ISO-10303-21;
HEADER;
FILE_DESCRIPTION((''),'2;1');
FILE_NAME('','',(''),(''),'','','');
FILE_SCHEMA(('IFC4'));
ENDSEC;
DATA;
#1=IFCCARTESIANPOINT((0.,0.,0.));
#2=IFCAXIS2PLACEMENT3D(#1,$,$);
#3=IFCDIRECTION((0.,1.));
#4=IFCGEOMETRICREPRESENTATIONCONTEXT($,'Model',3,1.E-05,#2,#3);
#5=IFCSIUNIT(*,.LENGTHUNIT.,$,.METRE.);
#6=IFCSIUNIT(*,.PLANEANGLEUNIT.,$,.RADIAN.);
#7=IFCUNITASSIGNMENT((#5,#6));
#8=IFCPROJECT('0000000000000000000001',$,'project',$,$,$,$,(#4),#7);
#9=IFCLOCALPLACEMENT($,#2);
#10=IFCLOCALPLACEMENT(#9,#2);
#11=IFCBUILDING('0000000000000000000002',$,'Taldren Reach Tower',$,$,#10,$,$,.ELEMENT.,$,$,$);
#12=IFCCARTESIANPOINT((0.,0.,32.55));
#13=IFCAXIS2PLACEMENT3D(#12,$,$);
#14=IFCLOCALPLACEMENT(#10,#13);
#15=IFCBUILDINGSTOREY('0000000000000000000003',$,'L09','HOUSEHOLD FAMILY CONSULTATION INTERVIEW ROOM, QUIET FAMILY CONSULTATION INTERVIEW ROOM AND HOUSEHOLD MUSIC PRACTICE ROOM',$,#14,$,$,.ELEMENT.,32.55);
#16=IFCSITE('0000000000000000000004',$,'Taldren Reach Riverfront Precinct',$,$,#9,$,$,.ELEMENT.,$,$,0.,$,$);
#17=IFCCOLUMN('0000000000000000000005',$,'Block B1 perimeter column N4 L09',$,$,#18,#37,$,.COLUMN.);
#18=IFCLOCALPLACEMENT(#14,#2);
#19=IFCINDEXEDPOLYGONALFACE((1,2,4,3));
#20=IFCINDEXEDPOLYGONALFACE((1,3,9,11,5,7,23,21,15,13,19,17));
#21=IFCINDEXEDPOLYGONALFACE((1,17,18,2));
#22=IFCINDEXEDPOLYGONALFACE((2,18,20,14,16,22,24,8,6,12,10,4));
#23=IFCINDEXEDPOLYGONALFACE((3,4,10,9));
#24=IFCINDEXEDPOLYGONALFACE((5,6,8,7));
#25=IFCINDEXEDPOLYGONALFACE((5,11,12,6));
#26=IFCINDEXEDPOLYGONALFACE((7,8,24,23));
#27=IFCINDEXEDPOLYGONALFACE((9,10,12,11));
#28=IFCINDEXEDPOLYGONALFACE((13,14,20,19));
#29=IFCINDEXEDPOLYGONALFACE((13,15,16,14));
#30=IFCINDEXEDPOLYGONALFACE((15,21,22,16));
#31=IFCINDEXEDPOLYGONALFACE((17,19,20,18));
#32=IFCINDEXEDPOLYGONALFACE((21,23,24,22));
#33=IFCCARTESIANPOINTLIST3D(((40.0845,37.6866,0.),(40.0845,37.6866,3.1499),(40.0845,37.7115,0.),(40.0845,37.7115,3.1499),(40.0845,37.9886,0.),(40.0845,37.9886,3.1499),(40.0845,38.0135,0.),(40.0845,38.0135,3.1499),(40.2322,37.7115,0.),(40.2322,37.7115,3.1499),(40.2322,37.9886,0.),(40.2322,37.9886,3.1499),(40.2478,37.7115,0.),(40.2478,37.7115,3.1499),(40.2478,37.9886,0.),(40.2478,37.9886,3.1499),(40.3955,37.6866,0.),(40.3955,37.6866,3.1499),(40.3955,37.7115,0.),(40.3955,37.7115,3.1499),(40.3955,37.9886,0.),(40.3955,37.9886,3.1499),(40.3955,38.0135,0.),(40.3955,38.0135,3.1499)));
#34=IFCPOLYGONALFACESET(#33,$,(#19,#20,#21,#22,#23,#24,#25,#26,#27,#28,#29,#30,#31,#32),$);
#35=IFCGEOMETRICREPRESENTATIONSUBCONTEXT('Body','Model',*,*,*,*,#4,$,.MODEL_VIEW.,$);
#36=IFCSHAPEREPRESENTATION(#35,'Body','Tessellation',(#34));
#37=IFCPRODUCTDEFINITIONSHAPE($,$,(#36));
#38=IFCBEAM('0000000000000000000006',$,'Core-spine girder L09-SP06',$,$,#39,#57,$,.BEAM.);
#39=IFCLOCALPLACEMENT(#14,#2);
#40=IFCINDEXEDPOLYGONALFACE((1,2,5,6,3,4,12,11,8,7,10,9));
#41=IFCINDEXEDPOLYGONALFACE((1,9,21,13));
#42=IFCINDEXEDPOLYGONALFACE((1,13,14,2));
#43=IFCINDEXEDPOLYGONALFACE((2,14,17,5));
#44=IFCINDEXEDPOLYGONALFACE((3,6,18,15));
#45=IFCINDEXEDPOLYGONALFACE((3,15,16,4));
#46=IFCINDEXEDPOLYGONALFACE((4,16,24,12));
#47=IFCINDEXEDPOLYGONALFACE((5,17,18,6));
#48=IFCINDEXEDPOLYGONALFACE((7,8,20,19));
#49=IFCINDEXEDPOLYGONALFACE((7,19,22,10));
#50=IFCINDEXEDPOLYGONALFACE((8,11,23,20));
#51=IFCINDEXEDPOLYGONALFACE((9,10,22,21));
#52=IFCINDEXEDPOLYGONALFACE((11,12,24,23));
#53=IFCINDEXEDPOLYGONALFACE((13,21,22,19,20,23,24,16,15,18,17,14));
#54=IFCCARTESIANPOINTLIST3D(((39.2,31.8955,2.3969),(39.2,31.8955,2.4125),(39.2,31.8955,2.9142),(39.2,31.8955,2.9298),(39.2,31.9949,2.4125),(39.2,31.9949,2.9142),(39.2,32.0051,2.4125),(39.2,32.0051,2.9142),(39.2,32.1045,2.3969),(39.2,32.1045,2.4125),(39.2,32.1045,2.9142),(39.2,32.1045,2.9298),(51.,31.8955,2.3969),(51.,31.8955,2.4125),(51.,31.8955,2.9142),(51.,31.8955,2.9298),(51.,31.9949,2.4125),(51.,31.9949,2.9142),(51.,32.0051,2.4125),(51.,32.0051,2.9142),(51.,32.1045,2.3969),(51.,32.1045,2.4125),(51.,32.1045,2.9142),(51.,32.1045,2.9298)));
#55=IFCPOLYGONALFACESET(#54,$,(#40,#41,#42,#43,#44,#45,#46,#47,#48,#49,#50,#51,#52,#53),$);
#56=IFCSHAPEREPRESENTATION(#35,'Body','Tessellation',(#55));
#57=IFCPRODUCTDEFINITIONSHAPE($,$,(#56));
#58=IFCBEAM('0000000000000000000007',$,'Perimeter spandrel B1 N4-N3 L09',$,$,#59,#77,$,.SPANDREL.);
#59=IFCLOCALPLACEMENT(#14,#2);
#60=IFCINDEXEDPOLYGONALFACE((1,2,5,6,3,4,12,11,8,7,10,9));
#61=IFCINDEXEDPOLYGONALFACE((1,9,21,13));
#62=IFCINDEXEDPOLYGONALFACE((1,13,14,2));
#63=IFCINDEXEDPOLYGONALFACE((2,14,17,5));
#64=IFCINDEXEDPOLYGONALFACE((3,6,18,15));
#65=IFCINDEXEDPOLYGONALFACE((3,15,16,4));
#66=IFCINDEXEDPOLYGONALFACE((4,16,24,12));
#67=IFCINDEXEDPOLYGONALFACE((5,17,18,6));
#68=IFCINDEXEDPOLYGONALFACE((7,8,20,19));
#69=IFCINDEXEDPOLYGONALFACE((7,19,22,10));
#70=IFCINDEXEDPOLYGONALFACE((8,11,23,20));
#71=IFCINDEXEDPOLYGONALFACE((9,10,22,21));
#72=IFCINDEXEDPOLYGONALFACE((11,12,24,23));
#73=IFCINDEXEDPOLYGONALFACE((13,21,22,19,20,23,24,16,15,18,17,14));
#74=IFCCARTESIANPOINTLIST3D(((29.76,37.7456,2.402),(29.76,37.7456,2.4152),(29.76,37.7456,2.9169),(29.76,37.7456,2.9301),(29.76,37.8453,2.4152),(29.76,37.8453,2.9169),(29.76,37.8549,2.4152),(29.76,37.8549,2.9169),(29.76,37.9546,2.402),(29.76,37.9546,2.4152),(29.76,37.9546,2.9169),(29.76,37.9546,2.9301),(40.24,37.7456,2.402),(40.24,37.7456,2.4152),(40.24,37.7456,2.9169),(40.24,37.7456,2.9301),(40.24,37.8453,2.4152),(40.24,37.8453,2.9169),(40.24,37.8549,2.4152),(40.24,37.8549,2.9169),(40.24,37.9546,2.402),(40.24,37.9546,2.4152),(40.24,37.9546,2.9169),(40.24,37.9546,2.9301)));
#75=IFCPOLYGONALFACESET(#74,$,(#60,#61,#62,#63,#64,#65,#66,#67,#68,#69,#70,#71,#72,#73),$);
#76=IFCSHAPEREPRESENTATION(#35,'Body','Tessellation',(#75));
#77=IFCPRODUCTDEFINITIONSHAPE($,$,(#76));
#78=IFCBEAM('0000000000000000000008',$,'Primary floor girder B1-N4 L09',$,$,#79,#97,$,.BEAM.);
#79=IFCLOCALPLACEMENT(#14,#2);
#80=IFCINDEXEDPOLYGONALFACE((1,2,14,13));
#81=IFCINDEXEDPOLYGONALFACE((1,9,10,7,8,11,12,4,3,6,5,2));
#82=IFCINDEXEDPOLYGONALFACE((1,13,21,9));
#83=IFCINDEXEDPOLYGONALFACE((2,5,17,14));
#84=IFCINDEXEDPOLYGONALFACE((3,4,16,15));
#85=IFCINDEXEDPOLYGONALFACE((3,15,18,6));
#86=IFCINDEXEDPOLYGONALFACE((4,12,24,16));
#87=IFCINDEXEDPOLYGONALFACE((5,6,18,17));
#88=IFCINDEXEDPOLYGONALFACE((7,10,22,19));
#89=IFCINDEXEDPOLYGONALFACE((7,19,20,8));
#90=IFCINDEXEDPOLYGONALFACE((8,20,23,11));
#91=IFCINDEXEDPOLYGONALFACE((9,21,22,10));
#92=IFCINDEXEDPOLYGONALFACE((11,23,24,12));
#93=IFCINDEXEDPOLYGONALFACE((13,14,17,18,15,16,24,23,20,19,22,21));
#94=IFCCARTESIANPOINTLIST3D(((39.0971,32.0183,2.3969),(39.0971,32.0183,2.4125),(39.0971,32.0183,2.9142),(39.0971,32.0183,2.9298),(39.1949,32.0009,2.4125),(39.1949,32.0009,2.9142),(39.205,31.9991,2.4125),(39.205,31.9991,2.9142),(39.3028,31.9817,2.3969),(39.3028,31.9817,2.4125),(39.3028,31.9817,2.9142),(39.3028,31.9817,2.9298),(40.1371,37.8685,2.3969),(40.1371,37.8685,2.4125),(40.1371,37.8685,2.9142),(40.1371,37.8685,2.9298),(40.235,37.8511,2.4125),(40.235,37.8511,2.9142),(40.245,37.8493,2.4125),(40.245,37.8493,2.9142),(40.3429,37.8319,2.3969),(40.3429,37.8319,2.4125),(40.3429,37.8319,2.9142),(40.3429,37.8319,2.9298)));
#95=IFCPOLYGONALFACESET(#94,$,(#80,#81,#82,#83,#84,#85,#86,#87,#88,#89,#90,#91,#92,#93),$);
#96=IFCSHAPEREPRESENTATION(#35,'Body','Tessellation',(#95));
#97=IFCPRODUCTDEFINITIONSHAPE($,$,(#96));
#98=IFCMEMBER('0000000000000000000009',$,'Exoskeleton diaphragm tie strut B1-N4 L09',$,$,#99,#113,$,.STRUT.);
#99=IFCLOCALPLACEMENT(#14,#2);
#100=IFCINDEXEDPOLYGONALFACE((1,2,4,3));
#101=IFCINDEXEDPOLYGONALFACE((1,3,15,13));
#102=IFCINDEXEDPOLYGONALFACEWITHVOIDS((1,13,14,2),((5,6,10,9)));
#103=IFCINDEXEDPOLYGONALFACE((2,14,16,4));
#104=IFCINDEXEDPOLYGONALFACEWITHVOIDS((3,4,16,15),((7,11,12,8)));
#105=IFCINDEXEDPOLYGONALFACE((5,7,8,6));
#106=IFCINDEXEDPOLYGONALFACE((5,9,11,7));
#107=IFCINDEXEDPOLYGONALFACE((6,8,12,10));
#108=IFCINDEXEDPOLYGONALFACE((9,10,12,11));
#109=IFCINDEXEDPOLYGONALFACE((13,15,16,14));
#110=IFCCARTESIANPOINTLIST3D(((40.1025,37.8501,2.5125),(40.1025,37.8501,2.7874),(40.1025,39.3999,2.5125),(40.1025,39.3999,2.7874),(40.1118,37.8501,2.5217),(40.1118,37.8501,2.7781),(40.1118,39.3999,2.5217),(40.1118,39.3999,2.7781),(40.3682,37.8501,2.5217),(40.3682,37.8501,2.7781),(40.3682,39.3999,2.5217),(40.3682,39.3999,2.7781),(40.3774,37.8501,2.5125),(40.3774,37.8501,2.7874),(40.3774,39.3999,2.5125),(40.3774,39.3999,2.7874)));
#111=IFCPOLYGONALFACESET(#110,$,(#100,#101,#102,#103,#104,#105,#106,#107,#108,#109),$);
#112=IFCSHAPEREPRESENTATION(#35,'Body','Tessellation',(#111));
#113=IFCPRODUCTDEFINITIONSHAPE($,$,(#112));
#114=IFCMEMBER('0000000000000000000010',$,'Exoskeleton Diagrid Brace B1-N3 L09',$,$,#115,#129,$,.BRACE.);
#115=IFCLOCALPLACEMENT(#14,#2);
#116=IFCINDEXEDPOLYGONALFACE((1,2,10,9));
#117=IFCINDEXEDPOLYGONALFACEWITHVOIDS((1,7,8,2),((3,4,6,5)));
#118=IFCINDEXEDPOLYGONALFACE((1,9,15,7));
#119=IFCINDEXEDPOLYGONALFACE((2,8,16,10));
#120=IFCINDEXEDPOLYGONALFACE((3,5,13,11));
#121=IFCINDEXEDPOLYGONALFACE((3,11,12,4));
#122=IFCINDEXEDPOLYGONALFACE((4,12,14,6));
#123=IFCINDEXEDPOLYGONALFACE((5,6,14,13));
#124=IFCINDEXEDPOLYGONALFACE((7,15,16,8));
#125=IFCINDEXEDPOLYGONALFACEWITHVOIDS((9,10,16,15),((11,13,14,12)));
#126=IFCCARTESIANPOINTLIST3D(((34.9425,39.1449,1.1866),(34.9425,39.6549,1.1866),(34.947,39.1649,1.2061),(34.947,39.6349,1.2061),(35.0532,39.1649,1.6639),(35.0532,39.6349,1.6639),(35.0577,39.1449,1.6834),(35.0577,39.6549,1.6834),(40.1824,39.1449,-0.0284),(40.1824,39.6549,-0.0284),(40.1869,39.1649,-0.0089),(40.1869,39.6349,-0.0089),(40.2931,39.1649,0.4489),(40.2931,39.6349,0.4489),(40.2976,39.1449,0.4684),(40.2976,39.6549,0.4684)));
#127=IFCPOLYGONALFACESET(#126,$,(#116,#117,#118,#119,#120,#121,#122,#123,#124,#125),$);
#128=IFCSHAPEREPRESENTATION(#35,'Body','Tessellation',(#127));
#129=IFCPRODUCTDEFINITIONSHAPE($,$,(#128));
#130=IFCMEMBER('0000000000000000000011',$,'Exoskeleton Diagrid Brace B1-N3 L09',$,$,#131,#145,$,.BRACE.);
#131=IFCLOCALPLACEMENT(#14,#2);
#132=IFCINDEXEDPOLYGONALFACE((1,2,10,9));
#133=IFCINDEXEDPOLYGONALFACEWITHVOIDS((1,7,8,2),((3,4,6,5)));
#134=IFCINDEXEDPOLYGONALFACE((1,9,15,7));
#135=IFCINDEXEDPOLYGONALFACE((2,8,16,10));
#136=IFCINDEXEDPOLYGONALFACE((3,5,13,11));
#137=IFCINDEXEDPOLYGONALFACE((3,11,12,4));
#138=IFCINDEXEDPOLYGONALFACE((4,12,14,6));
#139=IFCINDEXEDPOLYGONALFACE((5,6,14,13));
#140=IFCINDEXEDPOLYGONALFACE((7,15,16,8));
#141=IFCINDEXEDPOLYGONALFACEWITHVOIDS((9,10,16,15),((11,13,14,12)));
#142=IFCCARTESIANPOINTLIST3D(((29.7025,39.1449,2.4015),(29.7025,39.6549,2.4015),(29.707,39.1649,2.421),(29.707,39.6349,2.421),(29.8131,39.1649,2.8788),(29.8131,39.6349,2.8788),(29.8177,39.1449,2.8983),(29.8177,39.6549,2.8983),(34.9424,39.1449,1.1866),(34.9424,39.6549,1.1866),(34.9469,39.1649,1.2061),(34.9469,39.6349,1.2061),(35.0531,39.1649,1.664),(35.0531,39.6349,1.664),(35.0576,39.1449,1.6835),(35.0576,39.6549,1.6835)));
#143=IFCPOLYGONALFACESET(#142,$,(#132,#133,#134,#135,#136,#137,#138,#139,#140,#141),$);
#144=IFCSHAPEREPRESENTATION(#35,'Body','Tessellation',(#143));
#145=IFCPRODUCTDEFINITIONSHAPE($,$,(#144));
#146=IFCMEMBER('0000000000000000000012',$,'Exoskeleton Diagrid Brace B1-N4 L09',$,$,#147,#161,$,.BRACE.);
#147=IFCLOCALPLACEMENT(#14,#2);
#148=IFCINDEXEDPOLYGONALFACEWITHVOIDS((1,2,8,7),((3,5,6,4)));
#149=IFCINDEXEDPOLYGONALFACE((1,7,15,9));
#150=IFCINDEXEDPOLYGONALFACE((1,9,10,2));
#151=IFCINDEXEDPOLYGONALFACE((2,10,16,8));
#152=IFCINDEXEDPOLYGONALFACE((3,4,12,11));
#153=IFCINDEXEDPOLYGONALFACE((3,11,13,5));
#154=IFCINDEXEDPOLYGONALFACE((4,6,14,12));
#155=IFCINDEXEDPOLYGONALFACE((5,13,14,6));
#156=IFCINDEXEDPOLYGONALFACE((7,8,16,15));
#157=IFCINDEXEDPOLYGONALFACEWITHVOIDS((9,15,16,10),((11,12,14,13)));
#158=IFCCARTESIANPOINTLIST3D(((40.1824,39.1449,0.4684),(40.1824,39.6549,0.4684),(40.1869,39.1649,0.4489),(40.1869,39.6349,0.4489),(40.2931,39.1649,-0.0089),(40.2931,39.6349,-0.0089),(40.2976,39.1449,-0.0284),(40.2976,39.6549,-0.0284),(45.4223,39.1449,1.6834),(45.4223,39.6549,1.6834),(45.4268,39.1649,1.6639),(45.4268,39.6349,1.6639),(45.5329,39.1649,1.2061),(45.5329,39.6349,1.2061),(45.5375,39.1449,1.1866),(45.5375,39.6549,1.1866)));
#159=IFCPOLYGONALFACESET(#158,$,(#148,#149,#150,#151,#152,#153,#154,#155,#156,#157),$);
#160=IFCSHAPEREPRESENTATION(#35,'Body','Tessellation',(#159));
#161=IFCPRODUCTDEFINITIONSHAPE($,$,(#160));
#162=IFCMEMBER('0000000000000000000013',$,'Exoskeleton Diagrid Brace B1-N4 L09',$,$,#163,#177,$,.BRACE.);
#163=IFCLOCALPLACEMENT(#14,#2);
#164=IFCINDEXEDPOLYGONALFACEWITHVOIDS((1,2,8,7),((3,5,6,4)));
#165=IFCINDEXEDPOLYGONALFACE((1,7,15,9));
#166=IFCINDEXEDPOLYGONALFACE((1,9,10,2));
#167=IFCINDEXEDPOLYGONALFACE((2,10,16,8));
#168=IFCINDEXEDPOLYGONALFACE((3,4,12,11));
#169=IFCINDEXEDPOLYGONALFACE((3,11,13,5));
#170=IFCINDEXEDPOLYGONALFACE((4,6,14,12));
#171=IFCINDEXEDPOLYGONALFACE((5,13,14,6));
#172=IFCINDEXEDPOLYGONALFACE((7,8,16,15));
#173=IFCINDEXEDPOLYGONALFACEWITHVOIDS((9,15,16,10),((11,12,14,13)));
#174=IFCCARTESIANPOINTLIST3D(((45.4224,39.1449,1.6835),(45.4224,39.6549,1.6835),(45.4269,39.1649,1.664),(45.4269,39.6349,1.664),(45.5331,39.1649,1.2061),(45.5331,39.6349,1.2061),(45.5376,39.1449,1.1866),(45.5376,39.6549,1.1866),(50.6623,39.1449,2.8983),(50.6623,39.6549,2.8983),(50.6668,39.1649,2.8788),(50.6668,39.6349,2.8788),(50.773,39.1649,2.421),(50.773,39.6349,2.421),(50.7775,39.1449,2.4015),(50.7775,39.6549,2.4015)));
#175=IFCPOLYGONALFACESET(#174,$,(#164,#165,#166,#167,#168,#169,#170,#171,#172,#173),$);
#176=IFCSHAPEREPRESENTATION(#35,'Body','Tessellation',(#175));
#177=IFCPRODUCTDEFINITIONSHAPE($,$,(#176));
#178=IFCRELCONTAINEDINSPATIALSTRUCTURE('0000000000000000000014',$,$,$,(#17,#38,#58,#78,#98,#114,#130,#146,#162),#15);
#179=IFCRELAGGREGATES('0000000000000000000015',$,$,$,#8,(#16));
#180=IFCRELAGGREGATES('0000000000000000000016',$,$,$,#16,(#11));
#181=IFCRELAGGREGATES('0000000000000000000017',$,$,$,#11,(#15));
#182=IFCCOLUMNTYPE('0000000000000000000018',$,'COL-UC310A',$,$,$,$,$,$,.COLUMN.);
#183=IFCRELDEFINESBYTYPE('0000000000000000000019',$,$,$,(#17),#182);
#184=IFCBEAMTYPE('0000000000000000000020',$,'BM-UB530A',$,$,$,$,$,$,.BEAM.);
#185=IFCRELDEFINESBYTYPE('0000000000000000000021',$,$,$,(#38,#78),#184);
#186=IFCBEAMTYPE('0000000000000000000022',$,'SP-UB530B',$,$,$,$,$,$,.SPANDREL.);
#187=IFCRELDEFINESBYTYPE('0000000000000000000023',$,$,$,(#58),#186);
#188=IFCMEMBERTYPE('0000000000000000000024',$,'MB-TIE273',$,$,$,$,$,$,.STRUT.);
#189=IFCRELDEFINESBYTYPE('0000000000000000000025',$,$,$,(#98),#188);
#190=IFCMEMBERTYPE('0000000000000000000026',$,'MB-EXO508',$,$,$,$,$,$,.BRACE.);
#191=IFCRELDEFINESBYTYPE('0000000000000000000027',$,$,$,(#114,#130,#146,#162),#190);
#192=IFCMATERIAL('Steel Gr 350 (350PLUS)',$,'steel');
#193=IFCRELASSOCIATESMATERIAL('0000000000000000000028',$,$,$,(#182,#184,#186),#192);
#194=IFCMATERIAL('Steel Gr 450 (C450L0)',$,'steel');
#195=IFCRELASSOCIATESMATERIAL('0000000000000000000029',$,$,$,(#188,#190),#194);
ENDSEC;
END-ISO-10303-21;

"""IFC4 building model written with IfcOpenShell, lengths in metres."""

from ifc_helpers import new_model, si_unit, direction, frame, origin, origin_2d, place, context, subcontext, project, spatial, hollow_rectangle, i_section, extrude, source, transform, mapped, material, material_profile, profile_set, type_object, element, save


model = new_model("IFC4")

# Units and contexts
model_context = context("Model", 3, precision=1e-05, world=origin(), true_north=direction((0.0, 1.0)))
body_context = subcontext(model_context, "Body", "Model", "MODEL_VIEW")
ifc_project = project(units=[si_unit("LENGTHUNIT", "METRE"), si_unit("PLANEANGLEUNIT", "RADIAN")], contexts=[model_context])

# Site, building, storey
site_placement = place(None, origin())
site = spatial("IfcSite", under=ifc_project, at=site_placement, Name="Taldren Reach Riverfront Precinct", CompositionType="ELEMENT", RefElevation=0.0)
building_placement = place(site_placement, origin())
building = spatial("IfcBuilding", under=site, at=building_placement, Name="Taldren Reach Tower", CompositionType="ELEMENT")
storey_placement = place(building_placement, frame((0.0, 0.0, 32.55)))
storey = spatial("IfcBuildingStorey", under=building, at=storey_placement, Name="L09", Description="HOUSEHOLD FAMILY CONSULTATION INTERVIEW ROOM, QUIET FAMILY CONSULTATION INTERVIEW ROOM AND HOUSEHOLD MUSIC PRACTICE ROOM", CompositionType="ELEMENT", Elevation=32.55)

# Column
ifc_material_1 = material(Name="Steel Gr 350 (350PLUS)", Category="steel")
ifc_material_profile_1 = material_profile(ifc_material_1, i_section(OverallWidth=0.311, OverallDepth=0.3269, WebThickness=0.0156, FlangeThickness=0.0249, at=origin_2d()), Name="310UC158")
ifc_profile_set_1 = profile_set([ifc_material_profile_1], Name="Steel Gr 350 (350PLUS)")
column_type = type_object("IfcColumnType", Name="COL-UC310A", PredefinedType="COLUMN", material=ifc_profile_set_1)
shared_shape_1 = source(origin(), body_context, "Body", "SweptSolid", [
    extrude(i_section(OverallWidth=0.311, OverallDepth=0.3269, WebThickness=0.0156, FlangeThickness=0.0249, at=origin_2d()), origin(), (0.0, 0.0, 1.0), 3.1499),
])
column_placement = place(storey_placement, frame((40.24, 37.8501, 0.0), z_axis=(0.0, 0.0, 1.0), x_axis=(1.0, 0.0, 0.0)))
element("IfcColumn", 1, at=column_placement, inside=storey, type_object=column_type, Name="Block B1 perimeter column N4 L09", PredefinedType="COLUMN", context=body_context, shape_type="MappedRepresentation", body=[
    mapped(shared_shape_1, transform((0.0, 0.0, 0.0), scale=1.0)),
])

# Beams
ifc_material_profile_2 = material_profile(ifc_material_1, i_section(OverallWidth=0.209, OverallDepth=0.533, WebThickness=0.0103, FlangeThickness=0.0156, at=origin_2d()), Name="530UB92.4")
ifc_profile_set_2 = profile_set([ifc_material_profile_2], Name="Steel Gr 350 (350PLUS)")
beam_type_1 = type_object("IfcBeamType", Name="BM-UB530A", PredefinedType="BEAM", material=ifc_profile_set_2)
shared_shape_2 = source(origin(), body_context, "Body", "SweptSolid", [
    extrude(i_section(OverallWidth=0.209, OverallDepth=0.533, WebThickness=0.0103, FlangeThickness=0.0156, at=origin_2d()), origin(), (0.0, 0.0, 1.0), 11.8),
])
beam_1_placement = place(storey_placement, frame((39.2, 32.0, 2.6633), z_axis=(1.0, 0.0, 0.0), x_axis=(0.0, 1.0, 0.0)))
element("IfcBeam", 2, at=beam_1_placement, inside=storey, type_object=beam_type_1, Name="Core-spine girder L09-SP06", PredefinedType="BEAM", context=body_context, shape_type="MappedRepresentation", body=[
    mapped(shared_shape_2, transform((0.0, 0.0, 0.0), scale=1.0)),
])
ifc_material_profile_3 = material_profile(ifc_material_1, i_section(OverallWidth=0.209, OverallDepth=0.5281, WebThickness=0.0095, FlangeThickness=0.0132, at=origin_2d()), Name="530UB82.0")
ifc_profile_set_3 = profile_set([ifc_material_profile_3], Name="Steel Gr 350 (350PLUS)")
beam_type_2 = type_object("IfcBeamType", Name="SP-UB530B", PredefinedType="SPANDREL", material=ifc_profile_set_3)
shared_shape_3 = source(origin(), body_context, "Body", "SweptSolid", [
    extrude(i_section(OverallWidth=0.209, OverallDepth=0.5281, WebThickness=0.0095, FlangeThickness=0.0132, at=origin_2d()), origin(), (0.0, 0.0, 1.0), 10.48),
])
beam_2_placement = place(storey_placement, frame((40.24, 37.8501, 2.666), z_axis=(-1.0, 0.0, 0.0), x_axis=(0.0, -1.0, 0.0)))
element("IfcBeam", 3, at=beam_2_placement, inside=storey, type_object=beam_type_2, Name="Perimeter spandrel B1 N4-N3 L09", PredefinedType="SPANDREL", context=body_context, shape_type="MappedRepresentation", body=[
    mapped(shared_shape_3, transform((0.0, 0.0, 0.0), scale=1.0)),
])
shared_shape_4 = source(origin(), body_context, "Body", "SweptSolid", [
    extrude(i_section(OverallWidth=0.209, OverallDepth=0.533, WebThickness=0.0103, FlangeThickness=0.0156, at=origin_2d()), origin(), (0.0, 0.0, 1.0), 5.9419),
])
beam_3_placement = place(storey_placement, frame((39.2, 32.0, 2.6633), z_axis=(0.175037, 0.984562, 0.0), x_axis=(-0.984562, 0.175037, 0.0)))
element("IfcBeam", 4, at=beam_3_placement, inside=storey, type_object=beam_type_1, Name="Primary floor girder B1-N4 L09", PredefinedType="BEAM", context=body_context, shape_type="MappedRepresentation", body=[
    mapped(shared_shape_4, transform((0.0, 0.0, 0.0), scale=1.0)),
])

# Members
ifc_material_2 = material(Name="Steel Gr 450 (C450L0)", Category="steel")
ifc_material_profile_4 = material_profile(ifc_material_2, hollow_rectangle(XDim=0.2749, YDim=0.2749, WallThickness=0.0093, at=origin_2d()), Name="275x275x9.3SHS")
ifc_profile_set_4 = profile_set([ifc_material_profile_4], Name="Steel Gr 450 (C450L0)")
member_type_1 = type_object("IfcMemberType", Name="MB-TIE273", PredefinedType="STRUT", material=ifc_profile_set_4)
shared_shape_5 = source(origin(), body_context, "Body", "SweptSolid", [
    extrude(hollow_rectangle(XDim=0.2749, YDim=0.2749, WallThickness=0.0093, at=origin_2d()), origin(), (0.0, 0.0, 1.0), 1.5498),
])
member_1_placement = place(storey_placement, frame((40.24, 37.8501, 2.6499), z_axis=(0.0, 1.0, 0.0), x_axis=(-1.0, 0.0, 0.0)))
element("IfcMember", 5, at=member_1_placement, inside=storey, type_object=member_type_1, Name="Exoskeleton diaphragm tie strut B1-N4 L09", PredefinedType="STRUT", context=body_context, shape_type="MappedRepresentation", body=[
    mapped(shared_shape_5, transform((0.0, 0.0, 0.0), scale=1.0)),
])
ifc_material_profile_5 = material_profile(ifc_material_2, hollow_rectangle(XDim=0.51, YDim=0.51, WallThickness=0.02, at=origin_2d()), Name="510x510x20.0SHS")
ifc_profile_set_5 = profile_set([ifc_material_profile_5], Name="Steel Gr 450 (C450L0)")
member_type_2 = type_object("IfcMemberType", Name="MB-EXO508", PredefinedType="BRACE", material=ifc_profile_set_5)
shared_shape_6 = source(origin(), body_context, "Body", "SweptSolid", [
    extrude(hollow_rectangle(XDim=0.51, YDim=0.51, WallThickness=0.02, at=origin_2d()), origin(), (0.0, 0.0, 1.0), 5.3789),
])
for number, where, z_axis, x_axis, name in (
    (6, (40.24, 39.3999, 0.22), (-0.974152, 0.0, 0.225894), (0.0, -1.0, 0.0), "Exoskeleton Diagrid Brace B1-N3 L09"),
    (7, (35.0, 39.3999, 1.4351), (-0.974162, 0.0, 0.225851), (0.0, -1.0, 0.0), "Exoskeleton Diagrid Brace B1-N3 L09"),
    (8, (40.24, 39.3999, 0.22), (0.974152, 0.0, 0.225894), (0.0, 1.0, 0.0), "Exoskeleton Diagrid Brace B1-N4 L09"),
    (9, (45.48, 39.3999, 1.4351), (0.974162, 0.0, 0.225851), (0.0, 1.0, 0.0), "Exoskeleton Diagrid Brace B1-N4 L09"),
):
    element("IfcMember", number, at=place(storey_placement, frame(where, z_axis=z_axis, x_axis=x_axis)), inside=storey, type_object=member_type_2, Name=name, PredefinedType="BRACE", context=body_context, shape_type="MappedRepresentation", body=[
        mapped(shared_shape_6, transform((0.0, 0.0, 0.0), scale=1.0)),
    ])

save(model, "model.ifc")
